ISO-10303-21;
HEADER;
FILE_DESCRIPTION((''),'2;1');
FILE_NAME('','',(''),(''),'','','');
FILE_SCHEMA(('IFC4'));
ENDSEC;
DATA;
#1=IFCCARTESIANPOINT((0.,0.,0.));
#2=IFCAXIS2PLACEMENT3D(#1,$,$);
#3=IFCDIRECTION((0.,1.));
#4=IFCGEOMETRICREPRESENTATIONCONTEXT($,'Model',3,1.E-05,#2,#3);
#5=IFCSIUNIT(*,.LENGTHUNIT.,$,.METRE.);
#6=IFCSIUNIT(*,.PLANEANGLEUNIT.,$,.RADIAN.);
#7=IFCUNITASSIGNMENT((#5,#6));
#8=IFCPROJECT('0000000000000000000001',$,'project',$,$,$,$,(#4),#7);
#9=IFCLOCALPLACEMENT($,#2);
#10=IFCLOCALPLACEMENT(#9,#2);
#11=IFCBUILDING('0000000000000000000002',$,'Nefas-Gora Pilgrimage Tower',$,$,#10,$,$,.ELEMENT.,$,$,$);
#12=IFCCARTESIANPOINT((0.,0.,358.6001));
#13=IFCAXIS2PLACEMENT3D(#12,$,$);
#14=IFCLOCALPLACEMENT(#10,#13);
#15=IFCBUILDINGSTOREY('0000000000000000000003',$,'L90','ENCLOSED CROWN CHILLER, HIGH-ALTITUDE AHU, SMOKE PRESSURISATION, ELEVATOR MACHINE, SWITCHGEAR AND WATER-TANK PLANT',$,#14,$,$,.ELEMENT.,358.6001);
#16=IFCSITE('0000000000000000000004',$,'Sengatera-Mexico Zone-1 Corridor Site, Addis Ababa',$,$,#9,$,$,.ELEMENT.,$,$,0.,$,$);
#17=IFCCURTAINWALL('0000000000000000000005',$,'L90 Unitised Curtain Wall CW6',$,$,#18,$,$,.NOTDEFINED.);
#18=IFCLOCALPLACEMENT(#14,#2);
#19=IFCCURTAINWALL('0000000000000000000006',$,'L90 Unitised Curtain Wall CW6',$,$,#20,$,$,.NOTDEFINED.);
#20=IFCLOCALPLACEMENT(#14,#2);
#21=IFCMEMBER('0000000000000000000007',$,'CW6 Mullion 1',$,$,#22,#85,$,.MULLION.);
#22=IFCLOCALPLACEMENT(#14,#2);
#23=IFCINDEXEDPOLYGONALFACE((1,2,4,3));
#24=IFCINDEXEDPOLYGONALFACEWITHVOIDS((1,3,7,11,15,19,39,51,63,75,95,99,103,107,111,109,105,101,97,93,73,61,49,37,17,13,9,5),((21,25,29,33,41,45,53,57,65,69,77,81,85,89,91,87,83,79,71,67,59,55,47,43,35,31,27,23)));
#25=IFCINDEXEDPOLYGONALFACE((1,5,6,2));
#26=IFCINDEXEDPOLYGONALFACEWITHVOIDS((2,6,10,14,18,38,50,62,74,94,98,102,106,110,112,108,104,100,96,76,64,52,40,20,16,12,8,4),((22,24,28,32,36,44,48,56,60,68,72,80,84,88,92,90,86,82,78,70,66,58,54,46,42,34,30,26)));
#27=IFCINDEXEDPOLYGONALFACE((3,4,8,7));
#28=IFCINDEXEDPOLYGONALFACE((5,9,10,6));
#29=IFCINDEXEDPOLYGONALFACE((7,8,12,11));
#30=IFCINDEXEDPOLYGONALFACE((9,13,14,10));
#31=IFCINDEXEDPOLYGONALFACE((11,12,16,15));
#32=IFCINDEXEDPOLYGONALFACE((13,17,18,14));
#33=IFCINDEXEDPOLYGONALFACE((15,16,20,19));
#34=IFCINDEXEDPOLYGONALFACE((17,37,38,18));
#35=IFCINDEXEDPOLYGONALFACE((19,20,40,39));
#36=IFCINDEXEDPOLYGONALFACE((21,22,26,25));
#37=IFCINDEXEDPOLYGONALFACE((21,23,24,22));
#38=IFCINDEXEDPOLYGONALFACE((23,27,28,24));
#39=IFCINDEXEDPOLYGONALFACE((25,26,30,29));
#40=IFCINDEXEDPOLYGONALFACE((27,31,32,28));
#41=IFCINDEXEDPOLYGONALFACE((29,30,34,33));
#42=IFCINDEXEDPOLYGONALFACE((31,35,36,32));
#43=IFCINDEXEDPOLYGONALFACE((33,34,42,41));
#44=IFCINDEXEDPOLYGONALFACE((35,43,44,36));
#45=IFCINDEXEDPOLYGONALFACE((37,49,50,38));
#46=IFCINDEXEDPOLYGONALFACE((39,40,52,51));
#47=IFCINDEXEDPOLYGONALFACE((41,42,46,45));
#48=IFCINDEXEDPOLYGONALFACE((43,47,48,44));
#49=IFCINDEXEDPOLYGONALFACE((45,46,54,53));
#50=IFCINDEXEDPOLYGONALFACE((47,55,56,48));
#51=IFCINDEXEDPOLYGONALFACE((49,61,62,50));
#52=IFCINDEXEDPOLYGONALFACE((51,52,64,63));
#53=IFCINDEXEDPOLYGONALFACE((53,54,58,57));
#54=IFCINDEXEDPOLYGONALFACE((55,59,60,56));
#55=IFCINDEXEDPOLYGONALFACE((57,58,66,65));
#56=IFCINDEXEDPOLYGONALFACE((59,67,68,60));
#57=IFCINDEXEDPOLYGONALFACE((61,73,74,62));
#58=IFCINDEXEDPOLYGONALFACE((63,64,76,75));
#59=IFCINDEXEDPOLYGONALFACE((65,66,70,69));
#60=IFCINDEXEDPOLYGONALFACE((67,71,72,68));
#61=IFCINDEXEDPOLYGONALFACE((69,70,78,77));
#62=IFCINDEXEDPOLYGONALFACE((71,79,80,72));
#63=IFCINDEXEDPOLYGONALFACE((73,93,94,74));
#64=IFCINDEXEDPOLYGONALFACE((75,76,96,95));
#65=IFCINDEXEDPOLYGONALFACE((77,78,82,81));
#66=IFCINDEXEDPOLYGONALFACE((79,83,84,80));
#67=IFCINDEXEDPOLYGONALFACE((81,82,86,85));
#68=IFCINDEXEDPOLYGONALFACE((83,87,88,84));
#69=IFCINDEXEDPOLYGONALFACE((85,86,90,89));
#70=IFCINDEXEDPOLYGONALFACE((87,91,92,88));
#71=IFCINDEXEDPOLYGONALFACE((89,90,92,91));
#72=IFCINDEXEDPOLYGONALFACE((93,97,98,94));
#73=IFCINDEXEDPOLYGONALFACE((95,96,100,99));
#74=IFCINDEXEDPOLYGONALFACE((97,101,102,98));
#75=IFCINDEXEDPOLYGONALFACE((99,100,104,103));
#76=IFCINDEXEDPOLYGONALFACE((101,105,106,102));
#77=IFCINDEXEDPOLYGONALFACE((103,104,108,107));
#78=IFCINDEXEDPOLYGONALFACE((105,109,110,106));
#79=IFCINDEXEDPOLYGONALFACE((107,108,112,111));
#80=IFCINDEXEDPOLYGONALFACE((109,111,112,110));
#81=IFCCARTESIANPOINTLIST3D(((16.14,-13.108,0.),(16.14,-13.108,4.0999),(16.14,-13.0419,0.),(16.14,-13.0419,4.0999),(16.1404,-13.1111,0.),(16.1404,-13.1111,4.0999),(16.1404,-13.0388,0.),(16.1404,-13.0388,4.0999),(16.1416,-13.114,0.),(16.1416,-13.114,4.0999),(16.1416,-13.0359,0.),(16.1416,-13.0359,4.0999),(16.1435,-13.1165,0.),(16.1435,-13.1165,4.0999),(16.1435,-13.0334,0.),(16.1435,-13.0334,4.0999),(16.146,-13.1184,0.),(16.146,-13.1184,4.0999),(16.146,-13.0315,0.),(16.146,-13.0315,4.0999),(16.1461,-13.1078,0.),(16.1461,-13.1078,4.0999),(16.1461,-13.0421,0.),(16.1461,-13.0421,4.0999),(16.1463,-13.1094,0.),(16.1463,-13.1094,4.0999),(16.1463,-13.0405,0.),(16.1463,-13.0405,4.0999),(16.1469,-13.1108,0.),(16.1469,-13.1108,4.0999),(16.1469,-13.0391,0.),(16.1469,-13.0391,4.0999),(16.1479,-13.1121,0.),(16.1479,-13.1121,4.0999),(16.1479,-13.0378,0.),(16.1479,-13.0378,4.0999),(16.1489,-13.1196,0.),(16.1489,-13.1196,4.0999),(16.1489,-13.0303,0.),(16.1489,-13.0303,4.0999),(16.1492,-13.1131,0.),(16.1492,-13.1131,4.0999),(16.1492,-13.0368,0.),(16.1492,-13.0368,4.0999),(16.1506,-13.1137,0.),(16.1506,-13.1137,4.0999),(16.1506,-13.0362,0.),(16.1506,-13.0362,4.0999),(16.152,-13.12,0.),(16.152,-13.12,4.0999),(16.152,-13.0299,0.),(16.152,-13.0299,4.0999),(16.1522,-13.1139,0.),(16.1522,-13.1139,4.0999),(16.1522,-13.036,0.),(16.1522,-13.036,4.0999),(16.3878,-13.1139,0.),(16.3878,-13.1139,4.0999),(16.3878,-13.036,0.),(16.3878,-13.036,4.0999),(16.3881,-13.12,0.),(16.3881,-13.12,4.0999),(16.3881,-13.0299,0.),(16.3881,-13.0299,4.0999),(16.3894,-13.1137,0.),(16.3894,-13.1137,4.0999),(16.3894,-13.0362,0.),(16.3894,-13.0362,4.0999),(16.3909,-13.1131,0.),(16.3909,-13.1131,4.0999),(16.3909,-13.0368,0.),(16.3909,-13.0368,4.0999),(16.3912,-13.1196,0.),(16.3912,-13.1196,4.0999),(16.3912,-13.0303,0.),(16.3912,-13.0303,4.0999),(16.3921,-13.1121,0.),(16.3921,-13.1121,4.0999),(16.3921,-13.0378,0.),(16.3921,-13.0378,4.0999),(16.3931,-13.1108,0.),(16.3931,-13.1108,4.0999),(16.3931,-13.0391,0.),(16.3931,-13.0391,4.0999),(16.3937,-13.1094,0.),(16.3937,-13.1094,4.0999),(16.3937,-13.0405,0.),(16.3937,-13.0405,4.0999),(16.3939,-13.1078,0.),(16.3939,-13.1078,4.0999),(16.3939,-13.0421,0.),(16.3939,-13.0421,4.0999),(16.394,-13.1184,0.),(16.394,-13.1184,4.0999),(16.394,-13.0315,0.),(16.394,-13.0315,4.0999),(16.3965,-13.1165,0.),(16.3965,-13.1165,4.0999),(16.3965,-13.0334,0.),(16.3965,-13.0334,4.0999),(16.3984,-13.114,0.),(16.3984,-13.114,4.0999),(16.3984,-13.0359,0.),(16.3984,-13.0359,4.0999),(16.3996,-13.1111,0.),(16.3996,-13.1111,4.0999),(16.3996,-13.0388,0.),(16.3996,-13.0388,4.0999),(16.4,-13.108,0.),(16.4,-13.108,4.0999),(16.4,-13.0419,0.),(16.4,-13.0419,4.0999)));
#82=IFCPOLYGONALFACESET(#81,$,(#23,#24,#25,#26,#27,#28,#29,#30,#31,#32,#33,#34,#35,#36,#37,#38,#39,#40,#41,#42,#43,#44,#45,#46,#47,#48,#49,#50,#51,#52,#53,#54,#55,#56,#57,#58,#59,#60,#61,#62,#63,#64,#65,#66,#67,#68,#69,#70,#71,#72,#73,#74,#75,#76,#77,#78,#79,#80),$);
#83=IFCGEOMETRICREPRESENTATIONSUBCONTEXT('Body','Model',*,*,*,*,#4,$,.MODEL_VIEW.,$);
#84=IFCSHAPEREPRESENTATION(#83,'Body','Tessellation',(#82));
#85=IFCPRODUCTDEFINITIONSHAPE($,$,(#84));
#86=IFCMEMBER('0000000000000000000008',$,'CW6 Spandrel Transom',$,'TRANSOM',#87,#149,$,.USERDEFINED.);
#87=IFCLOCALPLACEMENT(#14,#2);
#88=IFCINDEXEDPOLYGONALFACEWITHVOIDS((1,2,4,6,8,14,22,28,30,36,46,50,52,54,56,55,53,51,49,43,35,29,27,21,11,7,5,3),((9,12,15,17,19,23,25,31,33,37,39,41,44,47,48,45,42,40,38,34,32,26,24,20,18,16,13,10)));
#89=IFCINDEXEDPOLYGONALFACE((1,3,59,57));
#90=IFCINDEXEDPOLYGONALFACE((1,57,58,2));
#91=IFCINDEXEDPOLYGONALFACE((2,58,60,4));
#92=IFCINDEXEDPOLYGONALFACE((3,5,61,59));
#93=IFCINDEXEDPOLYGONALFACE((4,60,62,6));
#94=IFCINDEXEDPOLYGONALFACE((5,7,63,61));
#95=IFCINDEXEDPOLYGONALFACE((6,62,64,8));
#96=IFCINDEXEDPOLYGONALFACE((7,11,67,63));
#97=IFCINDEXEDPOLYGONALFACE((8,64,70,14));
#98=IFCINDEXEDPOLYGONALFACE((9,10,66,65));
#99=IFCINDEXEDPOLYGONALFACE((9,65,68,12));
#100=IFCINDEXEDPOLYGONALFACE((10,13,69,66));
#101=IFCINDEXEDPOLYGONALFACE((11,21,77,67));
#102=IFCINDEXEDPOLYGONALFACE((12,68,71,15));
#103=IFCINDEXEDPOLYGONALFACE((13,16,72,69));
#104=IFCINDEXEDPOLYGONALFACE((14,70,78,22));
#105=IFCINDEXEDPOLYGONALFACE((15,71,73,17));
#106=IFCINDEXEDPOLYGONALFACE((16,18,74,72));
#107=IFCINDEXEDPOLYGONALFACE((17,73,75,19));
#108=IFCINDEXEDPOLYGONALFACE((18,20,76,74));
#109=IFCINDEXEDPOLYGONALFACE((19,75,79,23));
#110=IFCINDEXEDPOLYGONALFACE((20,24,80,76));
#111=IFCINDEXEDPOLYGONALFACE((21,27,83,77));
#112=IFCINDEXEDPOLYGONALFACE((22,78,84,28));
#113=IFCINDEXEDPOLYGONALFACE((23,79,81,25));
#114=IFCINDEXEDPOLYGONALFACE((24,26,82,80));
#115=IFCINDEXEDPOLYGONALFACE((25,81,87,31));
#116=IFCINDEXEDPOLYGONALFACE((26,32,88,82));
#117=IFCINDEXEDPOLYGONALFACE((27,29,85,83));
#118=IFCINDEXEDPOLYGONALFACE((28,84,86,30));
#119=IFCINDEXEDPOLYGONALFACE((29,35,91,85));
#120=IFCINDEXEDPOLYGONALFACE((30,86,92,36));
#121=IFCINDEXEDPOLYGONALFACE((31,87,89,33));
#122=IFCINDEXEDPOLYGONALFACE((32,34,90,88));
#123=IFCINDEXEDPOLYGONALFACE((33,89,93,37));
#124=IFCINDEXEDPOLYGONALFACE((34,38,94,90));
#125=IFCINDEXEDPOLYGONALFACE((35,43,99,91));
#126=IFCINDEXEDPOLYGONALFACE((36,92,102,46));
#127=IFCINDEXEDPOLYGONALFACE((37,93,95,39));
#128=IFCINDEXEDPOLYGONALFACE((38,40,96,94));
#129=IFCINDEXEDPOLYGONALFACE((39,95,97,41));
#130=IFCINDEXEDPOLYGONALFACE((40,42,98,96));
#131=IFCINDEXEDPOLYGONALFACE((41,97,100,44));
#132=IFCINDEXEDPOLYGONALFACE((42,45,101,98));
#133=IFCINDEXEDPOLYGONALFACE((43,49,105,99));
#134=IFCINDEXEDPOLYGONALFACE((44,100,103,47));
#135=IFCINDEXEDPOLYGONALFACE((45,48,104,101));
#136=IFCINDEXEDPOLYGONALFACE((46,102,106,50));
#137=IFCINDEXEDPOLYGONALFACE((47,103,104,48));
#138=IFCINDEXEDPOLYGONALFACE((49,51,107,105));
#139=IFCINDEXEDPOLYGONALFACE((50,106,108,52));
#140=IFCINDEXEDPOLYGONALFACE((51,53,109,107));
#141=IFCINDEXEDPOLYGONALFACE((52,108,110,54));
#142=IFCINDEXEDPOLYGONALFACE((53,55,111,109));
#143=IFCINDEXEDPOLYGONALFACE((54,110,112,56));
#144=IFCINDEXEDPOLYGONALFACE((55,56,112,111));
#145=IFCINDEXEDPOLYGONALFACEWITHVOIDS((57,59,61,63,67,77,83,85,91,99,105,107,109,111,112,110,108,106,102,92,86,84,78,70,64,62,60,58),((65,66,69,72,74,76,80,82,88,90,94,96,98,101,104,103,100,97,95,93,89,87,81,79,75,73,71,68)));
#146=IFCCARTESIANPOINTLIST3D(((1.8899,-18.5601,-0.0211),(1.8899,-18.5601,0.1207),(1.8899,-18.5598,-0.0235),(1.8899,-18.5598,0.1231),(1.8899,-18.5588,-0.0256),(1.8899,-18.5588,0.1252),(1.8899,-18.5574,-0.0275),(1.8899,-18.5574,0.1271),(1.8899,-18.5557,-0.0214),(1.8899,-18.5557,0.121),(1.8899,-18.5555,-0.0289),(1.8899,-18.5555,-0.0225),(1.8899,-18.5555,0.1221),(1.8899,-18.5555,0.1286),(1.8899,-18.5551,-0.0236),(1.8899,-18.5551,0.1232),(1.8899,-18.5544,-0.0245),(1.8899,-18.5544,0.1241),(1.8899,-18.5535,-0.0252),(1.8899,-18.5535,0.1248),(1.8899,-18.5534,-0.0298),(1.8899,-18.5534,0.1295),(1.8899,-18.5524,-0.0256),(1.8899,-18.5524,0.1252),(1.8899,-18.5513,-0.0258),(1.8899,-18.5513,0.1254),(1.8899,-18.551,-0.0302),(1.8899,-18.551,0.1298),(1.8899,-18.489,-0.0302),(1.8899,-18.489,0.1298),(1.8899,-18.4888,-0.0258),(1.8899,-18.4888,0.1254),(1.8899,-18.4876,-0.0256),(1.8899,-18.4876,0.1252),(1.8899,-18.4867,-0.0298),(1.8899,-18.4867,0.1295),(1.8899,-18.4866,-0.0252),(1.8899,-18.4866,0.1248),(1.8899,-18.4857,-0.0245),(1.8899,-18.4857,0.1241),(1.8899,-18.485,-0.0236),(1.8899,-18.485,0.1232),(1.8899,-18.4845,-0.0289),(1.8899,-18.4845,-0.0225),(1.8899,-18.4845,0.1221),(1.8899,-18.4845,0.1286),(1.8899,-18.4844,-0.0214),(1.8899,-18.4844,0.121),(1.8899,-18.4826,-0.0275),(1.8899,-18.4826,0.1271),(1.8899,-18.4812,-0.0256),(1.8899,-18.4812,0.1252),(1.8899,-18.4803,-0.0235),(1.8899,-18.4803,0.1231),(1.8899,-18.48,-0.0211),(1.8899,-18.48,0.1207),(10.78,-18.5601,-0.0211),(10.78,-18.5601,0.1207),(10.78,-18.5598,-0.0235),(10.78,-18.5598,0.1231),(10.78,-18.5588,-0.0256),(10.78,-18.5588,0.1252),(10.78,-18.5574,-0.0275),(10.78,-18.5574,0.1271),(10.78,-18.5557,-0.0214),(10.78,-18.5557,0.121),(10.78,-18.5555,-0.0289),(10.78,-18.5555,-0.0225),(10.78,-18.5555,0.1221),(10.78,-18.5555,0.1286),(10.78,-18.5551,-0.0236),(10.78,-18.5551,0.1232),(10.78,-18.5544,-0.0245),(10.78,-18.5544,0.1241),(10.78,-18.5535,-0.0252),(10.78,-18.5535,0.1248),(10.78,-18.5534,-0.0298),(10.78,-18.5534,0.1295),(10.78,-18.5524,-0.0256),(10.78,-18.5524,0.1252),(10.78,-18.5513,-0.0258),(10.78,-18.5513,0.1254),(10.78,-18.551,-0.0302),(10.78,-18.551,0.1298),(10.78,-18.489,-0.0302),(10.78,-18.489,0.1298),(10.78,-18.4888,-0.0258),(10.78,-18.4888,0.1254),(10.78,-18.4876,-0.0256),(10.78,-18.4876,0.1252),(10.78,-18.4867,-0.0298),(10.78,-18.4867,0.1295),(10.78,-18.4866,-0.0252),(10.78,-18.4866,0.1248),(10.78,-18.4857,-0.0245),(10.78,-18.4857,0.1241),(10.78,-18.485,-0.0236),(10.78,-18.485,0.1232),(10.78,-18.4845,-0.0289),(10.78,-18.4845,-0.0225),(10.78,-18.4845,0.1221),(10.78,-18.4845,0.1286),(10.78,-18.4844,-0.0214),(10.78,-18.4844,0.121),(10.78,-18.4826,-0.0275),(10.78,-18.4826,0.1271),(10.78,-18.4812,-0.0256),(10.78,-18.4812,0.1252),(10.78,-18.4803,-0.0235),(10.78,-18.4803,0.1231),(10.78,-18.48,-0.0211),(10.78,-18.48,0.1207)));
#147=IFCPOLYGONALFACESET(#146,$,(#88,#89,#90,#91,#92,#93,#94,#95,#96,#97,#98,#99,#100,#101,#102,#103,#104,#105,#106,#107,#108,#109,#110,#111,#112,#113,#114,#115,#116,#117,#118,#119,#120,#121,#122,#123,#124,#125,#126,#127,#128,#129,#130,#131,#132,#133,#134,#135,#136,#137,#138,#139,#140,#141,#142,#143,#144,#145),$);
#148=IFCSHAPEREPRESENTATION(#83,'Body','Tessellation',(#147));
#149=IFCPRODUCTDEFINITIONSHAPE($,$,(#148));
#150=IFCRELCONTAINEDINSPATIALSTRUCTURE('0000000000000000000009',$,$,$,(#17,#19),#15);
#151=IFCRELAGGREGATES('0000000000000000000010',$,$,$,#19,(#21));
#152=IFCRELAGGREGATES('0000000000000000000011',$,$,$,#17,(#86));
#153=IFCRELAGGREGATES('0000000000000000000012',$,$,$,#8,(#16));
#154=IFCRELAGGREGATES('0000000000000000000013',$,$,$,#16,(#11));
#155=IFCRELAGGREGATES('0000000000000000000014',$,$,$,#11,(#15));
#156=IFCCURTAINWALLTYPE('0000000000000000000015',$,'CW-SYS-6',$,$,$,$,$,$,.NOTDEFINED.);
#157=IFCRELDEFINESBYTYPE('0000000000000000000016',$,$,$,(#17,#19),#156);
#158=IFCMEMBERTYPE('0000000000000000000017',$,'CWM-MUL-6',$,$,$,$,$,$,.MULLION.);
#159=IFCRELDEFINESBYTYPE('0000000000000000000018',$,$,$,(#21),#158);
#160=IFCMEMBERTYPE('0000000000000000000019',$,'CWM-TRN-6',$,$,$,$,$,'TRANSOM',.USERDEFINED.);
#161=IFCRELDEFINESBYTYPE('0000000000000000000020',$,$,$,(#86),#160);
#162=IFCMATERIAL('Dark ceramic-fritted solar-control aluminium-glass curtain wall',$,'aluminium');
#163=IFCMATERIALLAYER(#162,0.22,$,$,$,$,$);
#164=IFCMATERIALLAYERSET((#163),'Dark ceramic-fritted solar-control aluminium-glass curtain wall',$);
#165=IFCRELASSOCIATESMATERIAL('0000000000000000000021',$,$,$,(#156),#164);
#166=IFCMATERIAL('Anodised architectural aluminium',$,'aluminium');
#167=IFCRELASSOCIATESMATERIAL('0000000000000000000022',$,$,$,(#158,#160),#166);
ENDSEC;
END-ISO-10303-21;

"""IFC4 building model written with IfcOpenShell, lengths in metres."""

from ifc_helpers import new_model, si_unit, direction, frame, origin, origin_2d, place, context, subcontext, project, spatial, hollow_rectangle, extrude, source, transform, mapped, material, layer, layer_set, material_profile, profile_set, type_object, element, aggregate, save


model = new_model("IFC4")

# Units and contexts
model_context = context("Model", 3, precision=1e-05, world=origin(), true_north=direction((0.0, 1.0)))
body_context = subcontext(model_context, "Body", "Model", "MODEL_VIEW")
ifc_project = project(units=[si_unit("LENGTHUNIT", "METRE"), si_unit("PLANEANGLEUNIT", "RADIAN")], contexts=[model_context])

# Site, building, storey
site_placement = place(None, origin())
site = spatial("IfcSite", under=ifc_project, at=site_placement, Name="Sengatera-Mexico Zone-1 Corridor Site, Addis Ababa", CompositionType="ELEMENT", RefElevation=0.0)
building_placement = place(site_placement, origin())
building = spatial("IfcBuilding", under=site, at=building_placement, Name="Nefas-Gora Pilgrimage Tower", CompositionType="ELEMENT")
storey_placement = place(building_placement, frame((0.0, 0.0, 358.6001)))
storey = spatial("IfcBuildingStorey", under=building, at=storey_placement, Name="L90", Description="ENCLOSED CROWN CHILLER, HIGH-ALTITUDE AHU, SMOKE PRESSURISATION, ELEVATOR MACHINE, SWITCHGEAR AND WATER-TANK PLANT", CompositionType="ELEMENT", Elevation=358.6001)

# Curtain wall
ifc_material_1 = material(Name="Dark ceramic-fritted solar-control aluminium-glass curtain wall", Category="aluminium")
ifc_layer_1 = layer(ifc_material_1, 0.22)
ifc_layer_set_1 = layer_set([ifc_layer_1], Name="Dark ceramic-fritted solar-control aluminium-glass curtain wall")
curtain_wall_type = type_object("IfcCurtainWallType", Name="CW-SYS-6", PredefinedType="NOTDEFINED", material=ifc_layer_set_1)
curtain_wall_1_placement = place(storey_placement, origin())
curtain_wall_1 = element("IfcCurtainWall", 1, at=curtain_wall_1_placement, inside=storey, type_object=curtain_wall_type, Name="L90 Unitised Curtain Wall CW6", PredefinedType="NOTDEFINED")
ifc_material_2 = material(Name="Anodised architectural aluminium", Category="aluminium")
ifc_material_profile_1 = material_profile(ifc_material_2, hollow_rectangle(XDim=0.0901, YDim=0.26, WallThickness=0.0061, InnerFilletRadius=0.0061, OuterFilletRadius=0.012, at=origin_2d()), Name="ALU MULLION 90x260")
ifc_profile_set_1 = profile_set([ifc_material_profile_1], Name="Anodised architectural aluminium")
member_type_1 = type_object("IfcMemberType", Name="CWM-MUL-6", PredefinedType="MULLION", material=ifc_profile_set_1)
shared_shape_1 = source(origin(), body_context, "Body", "SweptSolid", [
    extrude(hollow_rectangle(XDim=0.0901, YDim=0.26, WallThickness=0.0061, InnerFilletRadius=0.0061, OuterFilletRadius=0.012, at=origin_2d()), origin(), (0.0, 0.0, 1.0), 4.0999),
])

# Curtain wall, member
curtain_wall_2_placement = place(storey_placement, origin())
curtain_wall_2 = element("IfcCurtainWall", 2, at=curtain_wall_2_placement, inside=storey, type_object=curtain_wall_type, Name="L90 Unitised Curtain Wall CW6", PredefinedType="NOTDEFINED")
member_1_placement = place(storey_placement, frame((16.27, -13.075, 0.0), z_axis=(0.0, 0.0, 1.0), x_axis=(0.0, 1.0, 0.0)))
member_1 = element("IfcMember", 3, at=member_1_placement, type_object=member_type_1, Name="CW6 Mullion 1", PredefinedType="MULLION", context=body_context, shape_type="MappedRepresentation", body=[
    mapped(shared_shape_1, transform((0.0, 0.0, 0.0), x_axis=(1.0, 0.0, 0.0), y_axis=(0.0, 1.0, 0.0), z_axis=(0.0, 0.0, 1.0), scale=1.0)),
])

# Member
ifc_material_profile_2 = material_profile(ifc_material_2, hollow_rectangle(XDim=0.0801, YDim=0.1599, WallThickness=0.0044, InnerFilletRadius=0.0044, OuterFilletRadius=0.009, at=origin_2d()), Name="ALU TRANSOM 80x160")
ifc_profile_set_2 = profile_set([ifc_material_profile_2], Name="Anodised architectural aluminium")
member_type_2 = type_object("IfcMemberType", Name="CWM-TRN-6", ElementType="TRANSOM", PredefinedType="USERDEFINED", material=ifc_profile_set_2)
shared_shape_2 = source(origin(), body_context, "Body", "SweptSolid", [
    extrude(hollow_rectangle(XDim=0.0801, YDim=0.1599, WallThickness=0.0044, InnerFilletRadius=0.0044, OuterFilletRadius=0.009, at=origin_2d()), origin(), (0.0, 0.0, 1.0), 8.8901),
])
member_2_placement = place(storey_placement, frame((1.8899, -18.52, 0.0498), z_axis=(1.0, 0.0, 0.0), x_axis=(0.0, 1.0, 0.0)))
member_2 = element("IfcMember", 4, at=member_2_placement, type_object=member_type_2, Name="CW6 Spandrel Transom", ObjectType="TRANSOM", PredefinedType="USERDEFINED", context=body_context, shape_type="MappedRepresentation", body=[
    mapped(shared_shape_2, transform((0.0, 0.0, 0.0), x_axis=(1.0, 0.0, 0.0), y_axis=(0.0, 1.0, 0.0), z_axis=(0.0, 0.0, 1.0), scale=1.0)),
])
aggregate(curtain_wall_2, [member_1])

aggregate(curtain_wall_1, [member_2])

save(model, "model.ifc")
